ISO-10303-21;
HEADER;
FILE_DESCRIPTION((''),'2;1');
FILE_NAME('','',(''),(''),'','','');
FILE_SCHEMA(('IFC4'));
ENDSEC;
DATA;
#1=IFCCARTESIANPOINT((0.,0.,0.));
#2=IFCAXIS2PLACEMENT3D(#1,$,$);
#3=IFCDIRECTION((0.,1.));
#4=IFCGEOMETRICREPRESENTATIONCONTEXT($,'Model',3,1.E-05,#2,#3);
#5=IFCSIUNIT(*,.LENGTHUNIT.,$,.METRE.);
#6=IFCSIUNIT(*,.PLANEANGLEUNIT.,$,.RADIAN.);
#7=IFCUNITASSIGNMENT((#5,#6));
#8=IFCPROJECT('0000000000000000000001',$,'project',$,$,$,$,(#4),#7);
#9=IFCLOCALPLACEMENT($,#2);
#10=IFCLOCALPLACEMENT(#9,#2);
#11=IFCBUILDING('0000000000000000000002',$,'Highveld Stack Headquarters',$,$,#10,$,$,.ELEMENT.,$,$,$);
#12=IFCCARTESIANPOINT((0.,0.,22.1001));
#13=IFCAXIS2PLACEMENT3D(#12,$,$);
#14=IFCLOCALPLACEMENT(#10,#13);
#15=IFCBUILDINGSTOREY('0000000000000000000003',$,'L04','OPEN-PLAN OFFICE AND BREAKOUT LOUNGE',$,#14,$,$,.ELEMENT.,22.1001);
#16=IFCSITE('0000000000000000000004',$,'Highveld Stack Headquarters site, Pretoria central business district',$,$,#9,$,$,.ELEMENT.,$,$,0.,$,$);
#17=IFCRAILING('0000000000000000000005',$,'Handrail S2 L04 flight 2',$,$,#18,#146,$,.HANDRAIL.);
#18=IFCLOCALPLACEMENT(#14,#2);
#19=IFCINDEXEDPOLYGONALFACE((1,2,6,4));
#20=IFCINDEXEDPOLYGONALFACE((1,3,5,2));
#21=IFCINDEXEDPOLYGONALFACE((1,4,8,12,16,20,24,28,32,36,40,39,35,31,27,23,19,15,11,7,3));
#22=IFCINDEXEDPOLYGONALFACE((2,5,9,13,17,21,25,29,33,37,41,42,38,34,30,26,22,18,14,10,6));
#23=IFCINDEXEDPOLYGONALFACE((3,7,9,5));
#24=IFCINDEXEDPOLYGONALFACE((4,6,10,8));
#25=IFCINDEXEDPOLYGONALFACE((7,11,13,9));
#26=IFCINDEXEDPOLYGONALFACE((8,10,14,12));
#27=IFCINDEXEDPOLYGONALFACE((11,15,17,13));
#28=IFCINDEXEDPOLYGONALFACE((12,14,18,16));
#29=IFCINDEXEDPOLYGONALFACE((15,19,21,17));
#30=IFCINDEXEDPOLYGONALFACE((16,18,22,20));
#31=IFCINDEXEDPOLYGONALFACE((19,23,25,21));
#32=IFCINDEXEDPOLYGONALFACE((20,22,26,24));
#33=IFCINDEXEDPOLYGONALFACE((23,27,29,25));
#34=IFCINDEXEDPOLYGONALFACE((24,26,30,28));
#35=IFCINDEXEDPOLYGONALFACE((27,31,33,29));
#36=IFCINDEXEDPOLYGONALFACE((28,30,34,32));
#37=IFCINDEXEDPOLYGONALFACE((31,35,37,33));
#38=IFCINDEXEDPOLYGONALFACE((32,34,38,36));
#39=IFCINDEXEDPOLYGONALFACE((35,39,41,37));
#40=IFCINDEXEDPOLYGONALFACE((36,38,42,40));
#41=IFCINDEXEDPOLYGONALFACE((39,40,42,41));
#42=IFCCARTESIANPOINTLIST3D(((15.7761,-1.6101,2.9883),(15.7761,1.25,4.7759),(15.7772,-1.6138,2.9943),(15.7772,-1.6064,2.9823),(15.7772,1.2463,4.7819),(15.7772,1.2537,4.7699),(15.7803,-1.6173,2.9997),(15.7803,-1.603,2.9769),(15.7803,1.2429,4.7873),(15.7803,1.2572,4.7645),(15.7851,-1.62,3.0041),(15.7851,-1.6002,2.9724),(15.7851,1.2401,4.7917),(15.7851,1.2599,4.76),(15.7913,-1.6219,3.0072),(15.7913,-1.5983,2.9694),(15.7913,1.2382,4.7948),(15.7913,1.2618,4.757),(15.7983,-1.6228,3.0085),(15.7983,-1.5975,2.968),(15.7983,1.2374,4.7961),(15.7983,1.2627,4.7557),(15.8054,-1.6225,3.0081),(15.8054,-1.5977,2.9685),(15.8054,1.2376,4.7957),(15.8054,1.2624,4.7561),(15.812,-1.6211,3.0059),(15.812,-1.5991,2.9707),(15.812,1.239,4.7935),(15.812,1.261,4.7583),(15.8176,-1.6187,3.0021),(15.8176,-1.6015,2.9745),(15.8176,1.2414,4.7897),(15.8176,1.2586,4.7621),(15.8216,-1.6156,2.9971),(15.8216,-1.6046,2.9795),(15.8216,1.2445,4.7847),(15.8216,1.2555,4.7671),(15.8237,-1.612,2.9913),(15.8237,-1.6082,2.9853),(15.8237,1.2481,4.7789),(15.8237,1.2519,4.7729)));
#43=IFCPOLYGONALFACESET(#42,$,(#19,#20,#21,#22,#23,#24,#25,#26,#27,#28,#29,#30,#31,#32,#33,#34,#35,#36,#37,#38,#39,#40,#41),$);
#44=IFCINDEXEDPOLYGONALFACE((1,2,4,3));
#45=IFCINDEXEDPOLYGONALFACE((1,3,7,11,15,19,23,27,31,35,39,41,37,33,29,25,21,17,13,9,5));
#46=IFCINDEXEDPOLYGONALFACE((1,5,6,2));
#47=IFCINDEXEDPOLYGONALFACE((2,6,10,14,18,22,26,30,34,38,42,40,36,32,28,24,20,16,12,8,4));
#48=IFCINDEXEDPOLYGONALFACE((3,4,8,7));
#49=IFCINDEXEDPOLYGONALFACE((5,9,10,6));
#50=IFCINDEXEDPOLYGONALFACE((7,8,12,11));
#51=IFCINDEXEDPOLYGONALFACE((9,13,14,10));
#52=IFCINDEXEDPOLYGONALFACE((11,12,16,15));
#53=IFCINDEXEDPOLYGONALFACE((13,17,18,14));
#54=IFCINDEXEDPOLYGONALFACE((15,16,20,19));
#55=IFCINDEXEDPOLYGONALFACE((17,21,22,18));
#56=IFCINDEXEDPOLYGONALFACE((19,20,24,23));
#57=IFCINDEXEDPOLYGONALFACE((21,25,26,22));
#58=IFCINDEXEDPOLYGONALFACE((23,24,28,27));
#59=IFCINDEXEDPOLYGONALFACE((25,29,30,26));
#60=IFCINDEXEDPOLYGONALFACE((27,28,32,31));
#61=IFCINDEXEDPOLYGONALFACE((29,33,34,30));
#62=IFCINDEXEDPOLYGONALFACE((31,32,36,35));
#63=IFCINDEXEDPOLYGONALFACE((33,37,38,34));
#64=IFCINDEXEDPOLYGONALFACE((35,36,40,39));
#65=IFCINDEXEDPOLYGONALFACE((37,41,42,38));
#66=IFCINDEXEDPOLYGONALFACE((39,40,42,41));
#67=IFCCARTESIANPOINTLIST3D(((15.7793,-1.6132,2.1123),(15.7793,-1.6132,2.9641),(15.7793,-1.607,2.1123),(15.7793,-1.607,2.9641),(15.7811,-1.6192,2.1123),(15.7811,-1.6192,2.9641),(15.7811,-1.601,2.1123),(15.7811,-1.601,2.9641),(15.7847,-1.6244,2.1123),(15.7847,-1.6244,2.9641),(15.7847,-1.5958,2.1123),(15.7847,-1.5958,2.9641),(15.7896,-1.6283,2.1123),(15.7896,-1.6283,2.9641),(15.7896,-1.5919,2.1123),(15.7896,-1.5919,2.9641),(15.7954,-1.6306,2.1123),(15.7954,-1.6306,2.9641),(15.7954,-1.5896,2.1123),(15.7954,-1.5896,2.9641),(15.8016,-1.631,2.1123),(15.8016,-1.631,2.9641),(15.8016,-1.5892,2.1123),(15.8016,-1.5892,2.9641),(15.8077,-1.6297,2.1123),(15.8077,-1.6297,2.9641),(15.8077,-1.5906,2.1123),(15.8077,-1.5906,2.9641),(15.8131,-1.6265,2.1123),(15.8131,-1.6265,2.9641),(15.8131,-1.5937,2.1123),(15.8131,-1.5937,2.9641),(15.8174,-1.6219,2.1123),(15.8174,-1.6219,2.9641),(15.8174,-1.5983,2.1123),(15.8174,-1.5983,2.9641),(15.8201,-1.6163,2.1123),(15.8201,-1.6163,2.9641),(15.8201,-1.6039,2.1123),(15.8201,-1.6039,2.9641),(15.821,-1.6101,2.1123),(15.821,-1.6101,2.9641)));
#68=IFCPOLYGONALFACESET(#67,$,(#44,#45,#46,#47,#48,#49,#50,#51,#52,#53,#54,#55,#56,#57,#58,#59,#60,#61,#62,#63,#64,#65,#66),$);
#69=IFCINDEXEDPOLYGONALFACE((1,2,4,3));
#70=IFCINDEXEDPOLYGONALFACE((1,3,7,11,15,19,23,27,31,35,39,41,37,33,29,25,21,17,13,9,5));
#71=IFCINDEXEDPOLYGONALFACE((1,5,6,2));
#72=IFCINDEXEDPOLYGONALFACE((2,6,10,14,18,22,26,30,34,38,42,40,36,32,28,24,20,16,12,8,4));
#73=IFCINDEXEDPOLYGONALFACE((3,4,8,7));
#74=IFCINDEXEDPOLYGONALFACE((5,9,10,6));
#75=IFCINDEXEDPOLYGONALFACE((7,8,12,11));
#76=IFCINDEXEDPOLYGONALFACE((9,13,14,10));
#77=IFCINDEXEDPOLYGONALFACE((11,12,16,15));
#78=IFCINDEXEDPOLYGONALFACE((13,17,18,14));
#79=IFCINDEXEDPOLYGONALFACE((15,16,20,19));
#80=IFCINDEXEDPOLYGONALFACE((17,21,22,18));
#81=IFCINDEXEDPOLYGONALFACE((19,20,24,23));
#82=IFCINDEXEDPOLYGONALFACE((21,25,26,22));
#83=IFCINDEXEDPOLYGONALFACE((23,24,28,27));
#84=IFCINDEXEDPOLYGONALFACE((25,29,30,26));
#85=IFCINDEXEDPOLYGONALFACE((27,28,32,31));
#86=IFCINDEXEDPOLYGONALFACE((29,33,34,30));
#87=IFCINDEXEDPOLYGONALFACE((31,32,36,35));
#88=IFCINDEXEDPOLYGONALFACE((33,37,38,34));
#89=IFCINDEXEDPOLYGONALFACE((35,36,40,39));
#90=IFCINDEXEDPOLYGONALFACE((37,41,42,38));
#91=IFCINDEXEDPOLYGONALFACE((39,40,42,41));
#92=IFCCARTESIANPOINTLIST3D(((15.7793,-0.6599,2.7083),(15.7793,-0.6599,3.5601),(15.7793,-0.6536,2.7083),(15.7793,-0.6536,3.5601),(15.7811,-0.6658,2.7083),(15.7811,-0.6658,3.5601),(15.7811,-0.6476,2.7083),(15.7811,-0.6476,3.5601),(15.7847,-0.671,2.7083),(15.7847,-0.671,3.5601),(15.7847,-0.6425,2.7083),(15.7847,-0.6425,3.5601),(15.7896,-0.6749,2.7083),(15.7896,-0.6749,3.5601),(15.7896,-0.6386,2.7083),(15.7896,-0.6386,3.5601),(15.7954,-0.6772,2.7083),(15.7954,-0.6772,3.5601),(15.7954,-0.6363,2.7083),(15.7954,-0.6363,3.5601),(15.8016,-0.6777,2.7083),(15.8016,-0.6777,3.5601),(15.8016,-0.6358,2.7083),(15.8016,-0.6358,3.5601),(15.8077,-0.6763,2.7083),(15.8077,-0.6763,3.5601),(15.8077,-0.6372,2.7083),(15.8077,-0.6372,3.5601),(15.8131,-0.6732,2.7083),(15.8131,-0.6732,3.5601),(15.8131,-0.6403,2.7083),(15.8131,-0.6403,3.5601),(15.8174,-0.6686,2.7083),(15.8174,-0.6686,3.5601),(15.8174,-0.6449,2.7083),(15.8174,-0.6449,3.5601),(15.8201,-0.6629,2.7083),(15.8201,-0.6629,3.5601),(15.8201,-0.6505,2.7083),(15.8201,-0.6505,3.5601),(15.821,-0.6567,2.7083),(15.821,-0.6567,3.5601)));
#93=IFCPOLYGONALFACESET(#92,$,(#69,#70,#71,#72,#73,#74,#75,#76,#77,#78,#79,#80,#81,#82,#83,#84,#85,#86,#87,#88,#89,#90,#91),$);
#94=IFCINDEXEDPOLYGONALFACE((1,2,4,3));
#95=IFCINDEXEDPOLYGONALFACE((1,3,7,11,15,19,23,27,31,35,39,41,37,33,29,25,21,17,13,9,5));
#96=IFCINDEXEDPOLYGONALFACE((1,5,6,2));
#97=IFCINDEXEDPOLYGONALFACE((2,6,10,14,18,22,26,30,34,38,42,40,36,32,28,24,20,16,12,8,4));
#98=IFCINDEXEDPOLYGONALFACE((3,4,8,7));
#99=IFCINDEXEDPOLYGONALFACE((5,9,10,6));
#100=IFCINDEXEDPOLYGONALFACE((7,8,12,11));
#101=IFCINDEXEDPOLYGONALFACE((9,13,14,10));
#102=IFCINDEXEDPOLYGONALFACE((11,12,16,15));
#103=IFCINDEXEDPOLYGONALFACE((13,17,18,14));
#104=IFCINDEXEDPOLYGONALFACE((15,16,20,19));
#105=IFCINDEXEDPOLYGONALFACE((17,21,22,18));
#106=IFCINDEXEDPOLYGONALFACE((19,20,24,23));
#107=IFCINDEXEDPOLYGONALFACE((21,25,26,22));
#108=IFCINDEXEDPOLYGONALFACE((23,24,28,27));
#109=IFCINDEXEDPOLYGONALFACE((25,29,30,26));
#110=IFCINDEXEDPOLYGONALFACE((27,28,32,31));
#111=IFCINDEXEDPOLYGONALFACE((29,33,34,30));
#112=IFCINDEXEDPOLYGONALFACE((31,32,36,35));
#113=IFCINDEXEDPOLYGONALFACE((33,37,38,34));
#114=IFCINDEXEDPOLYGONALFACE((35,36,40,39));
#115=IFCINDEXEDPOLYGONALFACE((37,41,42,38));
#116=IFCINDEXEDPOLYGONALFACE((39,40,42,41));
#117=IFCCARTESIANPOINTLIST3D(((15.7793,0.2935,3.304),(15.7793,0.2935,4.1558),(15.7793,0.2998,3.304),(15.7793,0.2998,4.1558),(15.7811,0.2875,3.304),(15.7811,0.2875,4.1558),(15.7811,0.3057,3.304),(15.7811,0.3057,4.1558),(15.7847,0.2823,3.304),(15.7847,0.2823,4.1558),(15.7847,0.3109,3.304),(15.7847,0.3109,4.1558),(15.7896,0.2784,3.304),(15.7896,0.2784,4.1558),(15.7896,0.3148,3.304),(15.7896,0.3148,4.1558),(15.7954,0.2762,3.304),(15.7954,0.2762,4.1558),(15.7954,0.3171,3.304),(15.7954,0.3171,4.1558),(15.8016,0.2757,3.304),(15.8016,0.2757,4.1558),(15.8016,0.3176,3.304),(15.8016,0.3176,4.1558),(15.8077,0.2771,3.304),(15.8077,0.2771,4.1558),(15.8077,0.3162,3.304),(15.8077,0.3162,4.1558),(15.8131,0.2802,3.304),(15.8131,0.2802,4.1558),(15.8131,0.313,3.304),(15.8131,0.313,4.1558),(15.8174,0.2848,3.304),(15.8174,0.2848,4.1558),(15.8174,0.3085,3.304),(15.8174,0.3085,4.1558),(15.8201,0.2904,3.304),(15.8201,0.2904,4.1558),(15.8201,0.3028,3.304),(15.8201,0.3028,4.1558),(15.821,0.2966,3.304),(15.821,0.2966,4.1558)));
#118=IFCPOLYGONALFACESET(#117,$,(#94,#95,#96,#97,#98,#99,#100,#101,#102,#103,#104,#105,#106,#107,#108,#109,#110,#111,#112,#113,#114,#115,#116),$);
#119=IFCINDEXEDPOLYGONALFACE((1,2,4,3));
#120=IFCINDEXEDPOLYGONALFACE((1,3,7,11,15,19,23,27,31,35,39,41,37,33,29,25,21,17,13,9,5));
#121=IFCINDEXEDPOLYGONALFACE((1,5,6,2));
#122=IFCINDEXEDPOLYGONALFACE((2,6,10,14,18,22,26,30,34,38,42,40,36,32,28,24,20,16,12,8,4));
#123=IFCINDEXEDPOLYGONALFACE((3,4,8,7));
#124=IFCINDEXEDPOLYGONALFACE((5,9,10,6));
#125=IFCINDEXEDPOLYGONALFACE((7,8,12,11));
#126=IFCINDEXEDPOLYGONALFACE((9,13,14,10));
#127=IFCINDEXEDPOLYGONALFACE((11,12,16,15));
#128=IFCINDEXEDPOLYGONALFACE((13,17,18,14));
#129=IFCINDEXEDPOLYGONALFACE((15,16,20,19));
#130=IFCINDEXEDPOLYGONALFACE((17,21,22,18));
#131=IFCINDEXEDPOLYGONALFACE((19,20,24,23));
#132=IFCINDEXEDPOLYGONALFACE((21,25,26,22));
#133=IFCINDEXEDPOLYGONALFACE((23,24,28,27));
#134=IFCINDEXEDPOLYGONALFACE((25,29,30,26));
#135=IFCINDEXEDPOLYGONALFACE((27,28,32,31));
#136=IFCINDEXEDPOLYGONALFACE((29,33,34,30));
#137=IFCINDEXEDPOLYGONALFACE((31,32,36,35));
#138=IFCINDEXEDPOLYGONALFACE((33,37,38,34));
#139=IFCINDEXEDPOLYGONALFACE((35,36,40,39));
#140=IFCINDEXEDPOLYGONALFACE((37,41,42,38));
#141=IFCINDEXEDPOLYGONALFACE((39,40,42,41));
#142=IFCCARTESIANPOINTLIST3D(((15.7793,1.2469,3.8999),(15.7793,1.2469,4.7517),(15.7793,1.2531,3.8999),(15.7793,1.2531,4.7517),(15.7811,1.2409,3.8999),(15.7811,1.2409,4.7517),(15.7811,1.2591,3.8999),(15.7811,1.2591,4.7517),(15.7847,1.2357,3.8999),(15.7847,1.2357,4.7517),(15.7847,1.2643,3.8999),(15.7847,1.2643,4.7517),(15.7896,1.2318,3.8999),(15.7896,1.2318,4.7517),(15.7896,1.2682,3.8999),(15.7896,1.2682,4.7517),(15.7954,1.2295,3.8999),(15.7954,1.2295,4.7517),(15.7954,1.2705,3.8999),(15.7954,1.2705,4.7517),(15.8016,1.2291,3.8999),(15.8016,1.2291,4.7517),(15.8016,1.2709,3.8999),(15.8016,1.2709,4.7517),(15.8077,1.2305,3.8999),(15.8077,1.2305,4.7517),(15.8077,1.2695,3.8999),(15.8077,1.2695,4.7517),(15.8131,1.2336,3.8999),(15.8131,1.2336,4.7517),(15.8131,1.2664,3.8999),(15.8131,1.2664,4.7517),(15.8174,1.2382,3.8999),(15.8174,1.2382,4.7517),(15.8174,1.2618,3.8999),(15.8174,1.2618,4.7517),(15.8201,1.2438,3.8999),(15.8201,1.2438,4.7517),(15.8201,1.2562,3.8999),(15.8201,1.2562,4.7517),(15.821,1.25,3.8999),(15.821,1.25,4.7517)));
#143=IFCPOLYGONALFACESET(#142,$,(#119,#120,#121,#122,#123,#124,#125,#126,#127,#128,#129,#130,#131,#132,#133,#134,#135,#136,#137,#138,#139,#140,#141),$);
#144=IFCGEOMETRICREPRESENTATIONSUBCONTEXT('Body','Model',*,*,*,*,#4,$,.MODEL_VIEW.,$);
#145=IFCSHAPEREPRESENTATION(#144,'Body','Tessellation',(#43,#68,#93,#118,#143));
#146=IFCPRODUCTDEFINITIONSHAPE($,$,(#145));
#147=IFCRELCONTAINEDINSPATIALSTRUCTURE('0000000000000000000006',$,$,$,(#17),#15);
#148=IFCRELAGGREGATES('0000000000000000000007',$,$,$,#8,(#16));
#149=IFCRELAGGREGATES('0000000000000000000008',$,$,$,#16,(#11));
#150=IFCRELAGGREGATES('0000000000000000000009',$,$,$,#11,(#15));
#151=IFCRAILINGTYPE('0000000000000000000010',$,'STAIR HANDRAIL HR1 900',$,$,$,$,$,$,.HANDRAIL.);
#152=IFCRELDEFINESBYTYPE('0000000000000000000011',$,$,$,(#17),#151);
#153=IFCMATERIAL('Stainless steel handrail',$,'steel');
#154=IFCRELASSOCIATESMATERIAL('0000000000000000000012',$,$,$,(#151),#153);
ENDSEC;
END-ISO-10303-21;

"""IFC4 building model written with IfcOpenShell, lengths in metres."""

from ifc_helpers import new_model, si_unit, direction, frame, origin, origin_2d, place, context, subcontext, project, spatial, circle, extrude, material, type_object, element, save


model = new_model("IFC4")

# Units and contexts
model_context = context("Model", 3, precision=1e-05, world=origin(), true_north=direction((0.0, 1.0)))
body_context = subcontext(model_context, "Body", "Model", "MODEL_VIEW")
ifc_project = project(units=[si_unit("LENGTHUNIT", "METRE"), si_unit("PLANEANGLEUNIT", "RADIAN")], contexts=[model_context])

# Site, building, storey
site_placement = place(None, origin())
site = spatial("IfcSite", under=ifc_project, at=site_placement, Name="Highveld Stack Headquarters site, Pretoria central business district", CompositionType="ELEMENT", RefElevation=0.0)
building_placement = place(site_placement, origin())
building = spatial("IfcBuilding", under=site, at=building_placement, Name="Highveld Stack Headquarters", CompositionType="ELEMENT")
storey_placement = place(building_placement, frame((0.0, 0.0, 22.1001)))
storey = spatial("IfcBuildingStorey", under=building, at=storey_placement, Name="L04", Description="OPEN-PLAN OFFICE AND BREAKOUT LOUNGE", CompositionType="ELEMENT", Elevation=22.1001)

# Railing
ifc_material_1 = material(Name="Stainless steel handrail", Category="steel")
railing_type = type_object("IfcRailingType", Name="STAIR HANDRAIL HR1 900", PredefinedType="HANDRAIL", material=ifc_material_1)
for number, where, name in (
    (1, (15.8, -1.6101, 2.1123), "Handrail S2 L04 flight 2"),
):
    element("IfcRailing", number, at=place(storey_placement, frame(where)), inside=storey, type_object=railing_type, Name=name, PredefinedType="HANDRAIL", context=body_context, shape_type="SweptSolid", body=[
        extrude(circle(Radius=0.0239, at=origin_2d()), frame((0.0, 0.0, 0.876), z_axis=(0.0, 0.847994, 0.530005), x_axis=(-1.0, 0.0, 0.0)), (0.0, 0.0, 1.0), 3.3728),
        extrude(circle(Radius=0.021, at=origin_2d()), origin(), (0.0, 0.0, 1.0), 0.8518),
        extrude(circle(Radius=0.021, at=origin_2d()), frame((0.0, 0.9534, 0.5959)), (0.0, 0.0, 1.0), 0.8518),
        extrude(circle(Radius=0.021, at=origin_2d()), frame((0.0, 1.9067, 1.1917)), (0.0, 0.0, 1.0), 0.8518),
        extrude(circle(Radius=0.021, at=origin_2d()), frame((0.0, 2.8601, 1.7876)), (0.0, 0.0, 1.0), 0.8518),
    ])

save(model, "model.ifc")
